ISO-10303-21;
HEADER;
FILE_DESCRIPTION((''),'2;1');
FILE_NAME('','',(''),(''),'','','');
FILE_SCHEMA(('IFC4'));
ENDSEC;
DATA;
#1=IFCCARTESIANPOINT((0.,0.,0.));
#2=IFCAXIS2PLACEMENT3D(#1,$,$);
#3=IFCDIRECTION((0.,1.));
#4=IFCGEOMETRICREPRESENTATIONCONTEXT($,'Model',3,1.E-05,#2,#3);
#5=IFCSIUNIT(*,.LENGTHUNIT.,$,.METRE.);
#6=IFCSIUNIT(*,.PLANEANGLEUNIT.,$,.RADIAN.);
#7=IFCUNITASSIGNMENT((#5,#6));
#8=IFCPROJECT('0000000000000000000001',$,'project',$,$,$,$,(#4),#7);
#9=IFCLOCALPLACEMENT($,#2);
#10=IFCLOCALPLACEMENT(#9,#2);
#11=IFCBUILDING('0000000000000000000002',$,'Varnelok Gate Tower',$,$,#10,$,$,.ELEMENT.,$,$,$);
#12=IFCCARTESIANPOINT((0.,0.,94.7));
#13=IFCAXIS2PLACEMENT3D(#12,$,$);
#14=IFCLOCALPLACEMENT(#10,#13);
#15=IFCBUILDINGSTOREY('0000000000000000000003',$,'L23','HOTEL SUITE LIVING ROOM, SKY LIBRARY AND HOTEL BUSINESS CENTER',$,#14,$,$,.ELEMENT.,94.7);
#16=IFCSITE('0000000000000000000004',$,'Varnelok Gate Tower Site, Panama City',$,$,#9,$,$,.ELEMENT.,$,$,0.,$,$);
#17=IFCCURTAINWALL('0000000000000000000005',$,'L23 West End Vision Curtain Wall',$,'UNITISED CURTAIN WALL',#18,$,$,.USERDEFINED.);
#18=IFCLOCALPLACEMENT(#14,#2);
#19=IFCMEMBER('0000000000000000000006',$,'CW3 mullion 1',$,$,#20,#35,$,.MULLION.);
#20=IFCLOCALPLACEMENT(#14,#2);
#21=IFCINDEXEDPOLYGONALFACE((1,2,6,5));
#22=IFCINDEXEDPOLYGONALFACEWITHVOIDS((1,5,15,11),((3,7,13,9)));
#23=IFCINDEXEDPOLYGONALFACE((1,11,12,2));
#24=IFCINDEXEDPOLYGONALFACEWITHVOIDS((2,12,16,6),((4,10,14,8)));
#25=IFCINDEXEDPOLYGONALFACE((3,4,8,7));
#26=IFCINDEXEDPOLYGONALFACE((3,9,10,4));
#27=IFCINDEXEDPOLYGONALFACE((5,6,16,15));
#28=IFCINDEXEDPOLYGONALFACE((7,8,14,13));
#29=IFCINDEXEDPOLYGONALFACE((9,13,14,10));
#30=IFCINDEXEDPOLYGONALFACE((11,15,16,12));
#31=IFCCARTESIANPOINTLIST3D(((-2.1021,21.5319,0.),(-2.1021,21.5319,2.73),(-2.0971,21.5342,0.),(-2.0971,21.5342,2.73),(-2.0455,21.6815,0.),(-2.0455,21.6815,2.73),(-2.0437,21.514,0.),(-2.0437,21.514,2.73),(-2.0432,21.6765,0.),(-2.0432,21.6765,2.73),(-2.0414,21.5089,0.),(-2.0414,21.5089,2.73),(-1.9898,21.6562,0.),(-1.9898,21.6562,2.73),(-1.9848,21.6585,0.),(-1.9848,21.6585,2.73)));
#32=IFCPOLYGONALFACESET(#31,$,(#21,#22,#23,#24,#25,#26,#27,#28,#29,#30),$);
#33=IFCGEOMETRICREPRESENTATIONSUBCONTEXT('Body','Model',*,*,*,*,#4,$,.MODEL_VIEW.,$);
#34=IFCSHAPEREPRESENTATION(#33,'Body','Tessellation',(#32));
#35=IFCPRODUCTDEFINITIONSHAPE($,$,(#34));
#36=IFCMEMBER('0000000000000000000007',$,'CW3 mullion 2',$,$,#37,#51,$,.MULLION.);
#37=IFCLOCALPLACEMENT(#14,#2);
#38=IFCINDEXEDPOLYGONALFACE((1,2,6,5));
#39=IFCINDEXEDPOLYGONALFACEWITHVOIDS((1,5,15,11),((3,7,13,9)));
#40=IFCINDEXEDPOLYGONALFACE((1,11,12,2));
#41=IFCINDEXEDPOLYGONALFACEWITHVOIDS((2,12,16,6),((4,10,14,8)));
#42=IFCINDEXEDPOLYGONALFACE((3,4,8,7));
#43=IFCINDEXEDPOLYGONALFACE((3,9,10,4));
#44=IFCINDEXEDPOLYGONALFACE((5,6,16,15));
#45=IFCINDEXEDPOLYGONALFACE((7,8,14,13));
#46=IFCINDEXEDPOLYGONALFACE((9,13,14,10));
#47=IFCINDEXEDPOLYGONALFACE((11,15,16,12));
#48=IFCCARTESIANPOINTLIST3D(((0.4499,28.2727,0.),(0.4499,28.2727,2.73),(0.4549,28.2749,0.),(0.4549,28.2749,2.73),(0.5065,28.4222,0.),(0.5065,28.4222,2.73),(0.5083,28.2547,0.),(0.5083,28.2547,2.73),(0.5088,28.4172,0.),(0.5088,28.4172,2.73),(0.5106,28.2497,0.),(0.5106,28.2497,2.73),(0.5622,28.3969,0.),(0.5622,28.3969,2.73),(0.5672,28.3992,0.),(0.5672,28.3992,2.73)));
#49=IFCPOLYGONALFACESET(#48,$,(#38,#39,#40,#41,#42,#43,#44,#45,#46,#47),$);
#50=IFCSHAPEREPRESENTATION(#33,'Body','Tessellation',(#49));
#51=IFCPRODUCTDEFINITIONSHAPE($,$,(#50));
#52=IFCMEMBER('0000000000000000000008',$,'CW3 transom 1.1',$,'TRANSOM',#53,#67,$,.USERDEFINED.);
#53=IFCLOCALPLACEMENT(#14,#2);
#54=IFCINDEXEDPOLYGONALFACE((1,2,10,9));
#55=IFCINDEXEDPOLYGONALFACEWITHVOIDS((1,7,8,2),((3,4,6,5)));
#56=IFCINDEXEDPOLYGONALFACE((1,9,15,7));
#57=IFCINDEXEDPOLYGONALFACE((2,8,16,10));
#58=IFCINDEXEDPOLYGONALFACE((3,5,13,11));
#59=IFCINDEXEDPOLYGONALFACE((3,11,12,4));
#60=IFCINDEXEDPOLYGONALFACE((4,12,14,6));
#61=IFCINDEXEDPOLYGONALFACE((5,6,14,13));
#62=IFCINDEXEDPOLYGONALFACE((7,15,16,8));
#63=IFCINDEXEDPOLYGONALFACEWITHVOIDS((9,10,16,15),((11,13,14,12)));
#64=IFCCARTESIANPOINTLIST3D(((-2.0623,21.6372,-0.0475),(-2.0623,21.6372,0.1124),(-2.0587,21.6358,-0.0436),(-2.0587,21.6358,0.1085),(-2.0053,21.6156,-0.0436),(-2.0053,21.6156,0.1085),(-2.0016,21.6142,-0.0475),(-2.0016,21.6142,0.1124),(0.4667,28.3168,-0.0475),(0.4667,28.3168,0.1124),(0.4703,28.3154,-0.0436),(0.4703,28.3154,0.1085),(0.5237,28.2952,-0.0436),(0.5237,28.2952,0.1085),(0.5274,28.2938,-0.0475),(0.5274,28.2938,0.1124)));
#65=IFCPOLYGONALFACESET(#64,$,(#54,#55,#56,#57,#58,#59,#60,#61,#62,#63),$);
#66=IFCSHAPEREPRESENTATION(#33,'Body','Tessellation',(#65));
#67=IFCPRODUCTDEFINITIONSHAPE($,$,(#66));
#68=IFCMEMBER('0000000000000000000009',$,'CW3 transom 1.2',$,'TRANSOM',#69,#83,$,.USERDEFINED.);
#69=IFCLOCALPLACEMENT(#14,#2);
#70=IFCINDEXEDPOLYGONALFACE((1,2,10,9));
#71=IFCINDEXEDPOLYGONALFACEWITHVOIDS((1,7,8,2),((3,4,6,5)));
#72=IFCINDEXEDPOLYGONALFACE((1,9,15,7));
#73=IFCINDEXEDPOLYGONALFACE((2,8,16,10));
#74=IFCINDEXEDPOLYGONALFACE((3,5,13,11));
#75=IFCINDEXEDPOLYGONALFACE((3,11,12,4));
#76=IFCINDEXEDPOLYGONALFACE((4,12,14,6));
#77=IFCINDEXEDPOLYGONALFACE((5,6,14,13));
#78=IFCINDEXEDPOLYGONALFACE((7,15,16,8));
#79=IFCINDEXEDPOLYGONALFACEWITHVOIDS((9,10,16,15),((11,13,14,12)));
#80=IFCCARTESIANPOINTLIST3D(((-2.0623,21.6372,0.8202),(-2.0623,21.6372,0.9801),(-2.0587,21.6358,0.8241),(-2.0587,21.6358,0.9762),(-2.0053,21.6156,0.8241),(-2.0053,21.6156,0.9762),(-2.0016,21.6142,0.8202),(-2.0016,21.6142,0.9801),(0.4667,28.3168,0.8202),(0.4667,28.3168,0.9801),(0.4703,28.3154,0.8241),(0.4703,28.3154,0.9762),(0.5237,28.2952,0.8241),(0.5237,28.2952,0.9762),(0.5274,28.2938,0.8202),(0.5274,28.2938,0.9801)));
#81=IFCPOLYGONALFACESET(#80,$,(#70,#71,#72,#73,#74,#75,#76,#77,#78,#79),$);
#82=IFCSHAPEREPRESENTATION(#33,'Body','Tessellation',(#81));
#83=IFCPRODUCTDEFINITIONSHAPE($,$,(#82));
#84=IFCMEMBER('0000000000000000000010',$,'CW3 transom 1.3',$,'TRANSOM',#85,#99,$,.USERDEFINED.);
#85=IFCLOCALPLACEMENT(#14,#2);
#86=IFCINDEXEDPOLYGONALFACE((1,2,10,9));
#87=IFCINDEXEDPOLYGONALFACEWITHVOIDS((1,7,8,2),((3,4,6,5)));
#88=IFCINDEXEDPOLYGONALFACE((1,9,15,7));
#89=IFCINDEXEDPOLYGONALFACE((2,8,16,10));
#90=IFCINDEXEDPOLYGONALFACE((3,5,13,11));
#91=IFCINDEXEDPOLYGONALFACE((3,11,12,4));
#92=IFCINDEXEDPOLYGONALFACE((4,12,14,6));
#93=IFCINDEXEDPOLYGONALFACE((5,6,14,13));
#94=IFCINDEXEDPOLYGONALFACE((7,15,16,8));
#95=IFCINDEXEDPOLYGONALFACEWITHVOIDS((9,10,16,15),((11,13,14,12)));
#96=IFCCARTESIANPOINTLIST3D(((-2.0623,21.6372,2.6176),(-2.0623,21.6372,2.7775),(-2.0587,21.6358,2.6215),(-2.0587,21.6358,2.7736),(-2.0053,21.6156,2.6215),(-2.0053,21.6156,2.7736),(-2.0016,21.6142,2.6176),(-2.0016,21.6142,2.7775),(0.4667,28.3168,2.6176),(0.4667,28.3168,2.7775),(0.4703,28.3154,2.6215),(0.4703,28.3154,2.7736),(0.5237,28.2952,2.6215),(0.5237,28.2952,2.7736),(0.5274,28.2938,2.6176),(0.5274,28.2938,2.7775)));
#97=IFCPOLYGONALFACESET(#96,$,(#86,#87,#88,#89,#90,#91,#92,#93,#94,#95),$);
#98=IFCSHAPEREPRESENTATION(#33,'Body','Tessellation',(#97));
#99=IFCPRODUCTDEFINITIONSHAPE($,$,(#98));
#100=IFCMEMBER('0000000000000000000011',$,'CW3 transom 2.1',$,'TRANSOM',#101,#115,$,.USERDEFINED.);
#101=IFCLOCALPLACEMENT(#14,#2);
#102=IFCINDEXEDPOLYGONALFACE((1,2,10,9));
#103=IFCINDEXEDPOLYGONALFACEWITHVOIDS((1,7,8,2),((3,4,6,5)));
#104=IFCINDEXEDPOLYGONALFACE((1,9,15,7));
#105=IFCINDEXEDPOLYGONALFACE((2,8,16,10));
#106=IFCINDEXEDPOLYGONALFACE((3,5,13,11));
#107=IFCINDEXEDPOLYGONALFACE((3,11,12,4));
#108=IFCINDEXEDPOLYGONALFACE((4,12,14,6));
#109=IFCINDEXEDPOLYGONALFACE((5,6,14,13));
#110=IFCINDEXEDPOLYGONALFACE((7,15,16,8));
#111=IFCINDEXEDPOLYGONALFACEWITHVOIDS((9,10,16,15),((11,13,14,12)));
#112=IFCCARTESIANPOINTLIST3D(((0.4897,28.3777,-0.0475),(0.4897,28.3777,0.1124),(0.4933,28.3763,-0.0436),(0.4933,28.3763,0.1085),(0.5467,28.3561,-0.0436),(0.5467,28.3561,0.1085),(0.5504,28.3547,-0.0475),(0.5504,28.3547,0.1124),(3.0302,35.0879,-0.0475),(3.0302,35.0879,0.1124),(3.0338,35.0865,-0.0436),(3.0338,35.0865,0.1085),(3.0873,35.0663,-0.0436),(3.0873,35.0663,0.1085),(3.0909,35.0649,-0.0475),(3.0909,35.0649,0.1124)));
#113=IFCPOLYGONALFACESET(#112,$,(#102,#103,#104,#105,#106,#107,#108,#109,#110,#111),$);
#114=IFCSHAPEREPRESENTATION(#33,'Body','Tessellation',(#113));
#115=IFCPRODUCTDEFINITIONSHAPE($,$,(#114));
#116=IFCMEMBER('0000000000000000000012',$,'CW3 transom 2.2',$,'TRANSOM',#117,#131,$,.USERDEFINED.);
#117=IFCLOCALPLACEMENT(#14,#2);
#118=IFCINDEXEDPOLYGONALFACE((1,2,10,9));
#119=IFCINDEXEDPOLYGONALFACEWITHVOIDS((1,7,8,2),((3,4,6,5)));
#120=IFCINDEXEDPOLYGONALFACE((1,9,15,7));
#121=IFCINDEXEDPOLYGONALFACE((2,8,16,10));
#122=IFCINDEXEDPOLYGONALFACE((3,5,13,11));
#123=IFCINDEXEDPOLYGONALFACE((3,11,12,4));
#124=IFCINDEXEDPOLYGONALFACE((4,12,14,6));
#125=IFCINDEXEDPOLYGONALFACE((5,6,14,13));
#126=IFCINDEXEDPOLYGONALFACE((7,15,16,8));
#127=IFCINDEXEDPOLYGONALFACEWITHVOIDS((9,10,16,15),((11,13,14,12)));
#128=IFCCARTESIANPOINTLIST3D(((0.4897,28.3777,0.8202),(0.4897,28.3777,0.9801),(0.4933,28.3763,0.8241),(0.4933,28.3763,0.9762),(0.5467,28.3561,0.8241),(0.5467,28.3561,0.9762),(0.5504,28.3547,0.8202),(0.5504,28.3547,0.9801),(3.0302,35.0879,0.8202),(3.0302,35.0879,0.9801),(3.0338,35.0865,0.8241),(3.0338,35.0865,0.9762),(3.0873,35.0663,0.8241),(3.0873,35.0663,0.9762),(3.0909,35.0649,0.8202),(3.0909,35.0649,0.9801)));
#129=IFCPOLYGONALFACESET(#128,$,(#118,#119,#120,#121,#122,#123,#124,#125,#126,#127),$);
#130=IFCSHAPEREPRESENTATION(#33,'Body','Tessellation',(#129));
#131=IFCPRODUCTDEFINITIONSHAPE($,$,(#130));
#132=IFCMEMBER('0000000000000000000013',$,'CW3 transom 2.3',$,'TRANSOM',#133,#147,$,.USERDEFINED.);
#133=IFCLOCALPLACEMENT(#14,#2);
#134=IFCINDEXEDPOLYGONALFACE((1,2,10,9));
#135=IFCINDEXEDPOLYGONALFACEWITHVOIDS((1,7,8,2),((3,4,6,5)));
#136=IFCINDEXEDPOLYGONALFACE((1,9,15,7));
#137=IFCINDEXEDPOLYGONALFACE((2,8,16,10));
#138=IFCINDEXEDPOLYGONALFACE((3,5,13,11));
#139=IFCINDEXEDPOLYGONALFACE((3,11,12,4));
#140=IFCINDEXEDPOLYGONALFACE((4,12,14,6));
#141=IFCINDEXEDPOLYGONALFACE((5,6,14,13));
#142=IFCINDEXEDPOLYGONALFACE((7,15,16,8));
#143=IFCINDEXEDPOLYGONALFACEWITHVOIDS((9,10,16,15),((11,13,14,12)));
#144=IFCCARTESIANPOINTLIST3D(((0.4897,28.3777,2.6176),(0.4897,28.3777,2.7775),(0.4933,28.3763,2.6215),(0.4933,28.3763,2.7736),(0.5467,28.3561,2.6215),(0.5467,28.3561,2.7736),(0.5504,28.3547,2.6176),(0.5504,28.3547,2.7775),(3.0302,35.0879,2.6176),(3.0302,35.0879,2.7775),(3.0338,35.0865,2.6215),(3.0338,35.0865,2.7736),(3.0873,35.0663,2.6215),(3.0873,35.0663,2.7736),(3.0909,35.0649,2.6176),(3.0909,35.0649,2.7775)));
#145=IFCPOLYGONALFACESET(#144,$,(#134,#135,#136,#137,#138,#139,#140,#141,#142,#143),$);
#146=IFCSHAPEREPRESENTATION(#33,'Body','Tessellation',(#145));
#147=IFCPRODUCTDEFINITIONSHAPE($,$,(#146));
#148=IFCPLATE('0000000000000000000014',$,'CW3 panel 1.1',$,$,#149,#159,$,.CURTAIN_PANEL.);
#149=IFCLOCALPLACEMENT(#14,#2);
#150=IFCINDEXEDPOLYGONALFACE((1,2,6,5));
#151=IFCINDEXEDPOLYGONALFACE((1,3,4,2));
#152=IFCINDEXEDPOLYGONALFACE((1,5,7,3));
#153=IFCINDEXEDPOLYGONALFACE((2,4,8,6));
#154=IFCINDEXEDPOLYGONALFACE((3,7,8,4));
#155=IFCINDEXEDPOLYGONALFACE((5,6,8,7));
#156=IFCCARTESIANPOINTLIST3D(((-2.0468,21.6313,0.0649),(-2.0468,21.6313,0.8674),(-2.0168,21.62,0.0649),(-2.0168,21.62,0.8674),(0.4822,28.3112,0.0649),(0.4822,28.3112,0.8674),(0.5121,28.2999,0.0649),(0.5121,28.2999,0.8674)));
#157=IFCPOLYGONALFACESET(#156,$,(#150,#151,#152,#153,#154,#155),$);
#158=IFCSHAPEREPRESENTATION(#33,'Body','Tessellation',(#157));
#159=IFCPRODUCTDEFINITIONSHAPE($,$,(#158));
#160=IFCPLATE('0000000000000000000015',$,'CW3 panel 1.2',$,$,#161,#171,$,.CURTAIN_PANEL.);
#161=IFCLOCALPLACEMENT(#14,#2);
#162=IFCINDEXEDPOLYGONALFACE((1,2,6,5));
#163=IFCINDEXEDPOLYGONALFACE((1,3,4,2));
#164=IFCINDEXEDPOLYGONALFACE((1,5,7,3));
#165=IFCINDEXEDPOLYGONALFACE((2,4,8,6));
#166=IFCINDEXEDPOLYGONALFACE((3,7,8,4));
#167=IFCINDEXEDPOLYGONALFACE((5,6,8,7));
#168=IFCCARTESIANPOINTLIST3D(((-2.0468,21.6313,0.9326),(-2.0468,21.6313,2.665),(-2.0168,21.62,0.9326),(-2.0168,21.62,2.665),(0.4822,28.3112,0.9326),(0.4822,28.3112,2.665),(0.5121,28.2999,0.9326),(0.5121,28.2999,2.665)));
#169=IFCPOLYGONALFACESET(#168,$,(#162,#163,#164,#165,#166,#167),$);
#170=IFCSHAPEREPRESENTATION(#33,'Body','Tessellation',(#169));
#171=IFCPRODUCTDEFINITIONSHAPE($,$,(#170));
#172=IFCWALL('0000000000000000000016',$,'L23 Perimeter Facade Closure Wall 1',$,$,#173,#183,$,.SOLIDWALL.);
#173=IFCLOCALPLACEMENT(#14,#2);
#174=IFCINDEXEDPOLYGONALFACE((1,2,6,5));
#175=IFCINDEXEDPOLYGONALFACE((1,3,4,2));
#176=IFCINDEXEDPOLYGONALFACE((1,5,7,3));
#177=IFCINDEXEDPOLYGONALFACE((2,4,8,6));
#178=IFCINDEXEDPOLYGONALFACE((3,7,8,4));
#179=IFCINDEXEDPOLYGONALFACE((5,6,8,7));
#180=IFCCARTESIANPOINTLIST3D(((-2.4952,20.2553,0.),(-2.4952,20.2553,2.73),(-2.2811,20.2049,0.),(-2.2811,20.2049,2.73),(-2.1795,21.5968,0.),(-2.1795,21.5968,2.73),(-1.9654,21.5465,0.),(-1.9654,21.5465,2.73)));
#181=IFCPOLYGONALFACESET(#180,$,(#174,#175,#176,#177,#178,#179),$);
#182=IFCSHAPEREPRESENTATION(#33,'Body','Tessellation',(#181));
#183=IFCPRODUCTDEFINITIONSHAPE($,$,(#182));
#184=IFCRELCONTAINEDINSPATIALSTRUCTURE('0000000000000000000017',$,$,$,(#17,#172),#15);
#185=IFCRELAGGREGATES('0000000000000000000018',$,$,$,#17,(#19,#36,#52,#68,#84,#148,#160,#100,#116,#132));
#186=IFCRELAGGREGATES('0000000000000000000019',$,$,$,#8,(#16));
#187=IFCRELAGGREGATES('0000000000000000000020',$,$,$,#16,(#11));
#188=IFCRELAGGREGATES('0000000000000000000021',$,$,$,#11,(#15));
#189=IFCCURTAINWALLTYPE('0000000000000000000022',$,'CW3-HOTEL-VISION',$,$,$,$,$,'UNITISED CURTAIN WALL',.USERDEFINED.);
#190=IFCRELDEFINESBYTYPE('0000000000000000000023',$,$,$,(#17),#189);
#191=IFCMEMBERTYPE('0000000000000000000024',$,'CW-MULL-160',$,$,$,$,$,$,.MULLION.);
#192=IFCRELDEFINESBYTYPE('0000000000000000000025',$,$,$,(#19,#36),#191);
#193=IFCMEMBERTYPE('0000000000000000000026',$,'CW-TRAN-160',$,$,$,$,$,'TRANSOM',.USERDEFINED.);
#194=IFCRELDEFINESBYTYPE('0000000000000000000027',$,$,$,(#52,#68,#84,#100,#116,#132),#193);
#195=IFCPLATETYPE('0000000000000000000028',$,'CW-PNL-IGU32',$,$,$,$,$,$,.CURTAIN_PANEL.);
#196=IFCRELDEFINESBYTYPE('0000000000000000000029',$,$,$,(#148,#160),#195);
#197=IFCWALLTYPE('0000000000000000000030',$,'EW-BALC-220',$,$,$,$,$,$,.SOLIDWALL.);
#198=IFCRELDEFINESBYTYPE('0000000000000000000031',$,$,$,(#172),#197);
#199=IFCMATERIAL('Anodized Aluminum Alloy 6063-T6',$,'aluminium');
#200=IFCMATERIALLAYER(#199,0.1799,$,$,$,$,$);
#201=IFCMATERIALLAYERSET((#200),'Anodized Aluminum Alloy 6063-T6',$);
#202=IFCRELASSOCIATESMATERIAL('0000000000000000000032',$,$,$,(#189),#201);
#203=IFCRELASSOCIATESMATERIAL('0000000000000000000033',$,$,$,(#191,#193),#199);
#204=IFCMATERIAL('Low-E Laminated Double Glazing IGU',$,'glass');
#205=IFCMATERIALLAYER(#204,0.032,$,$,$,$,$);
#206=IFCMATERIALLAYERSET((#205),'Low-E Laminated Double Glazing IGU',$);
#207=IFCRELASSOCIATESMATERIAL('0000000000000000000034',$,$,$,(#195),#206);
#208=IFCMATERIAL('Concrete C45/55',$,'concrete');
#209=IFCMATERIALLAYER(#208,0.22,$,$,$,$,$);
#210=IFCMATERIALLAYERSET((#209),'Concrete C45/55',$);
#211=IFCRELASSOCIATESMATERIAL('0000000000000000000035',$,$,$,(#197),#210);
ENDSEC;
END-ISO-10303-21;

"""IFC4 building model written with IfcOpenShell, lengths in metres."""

from ifc_helpers import new_model, si_unit, direction, frame, frame_2d, origin, origin_2d, place, context, subcontext, project, spatial, rectangle, hollow_rectangle, extrude, source, transform, mapped, material, layer, layer_set, material_profile, profile_set, type_object, element, aggregate, save


model = new_model("IFC4")

# Units and contexts
model_context = context("Model", 3, precision=1e-05, world=origin(), true_north=direction((0.0, 1.0)))
body_context = subcontext(model_context, "Body", "Model", "MODEL_VIEW")
ifc_project = project(units=[si_unit("LENGTHUNIT", "METRE"), si_unit("PLANEANGLEUNIT", "RADIAN")], contexts=[model_context])

# Site, building, storey
site_placement = place(None, origin())
site = spatial("IfcSite", under=ifc_project, at=site_placement, Name="Varnelok Gate Tower Site, Panama City", CompositionType="ELEMENT", RefElevation=0.0)
building_placement = place(site_placement, origin())
building = spatial("IfcBuilding", under=site, at=building_placement, Name="Varnelok Gate Tower", CompositionType="ELEMENT")
storey_placement = place(building_placement, frame((0.0, 0.0, 94.7)))
storey = spatial("IfcBuildingStorey", under=building, at=storey_placement, Name="L23", Description="HOTEL SUITE LIVING ROOM, SKY LIBRARY AND HOTEL BUSINESS CENTER", CompositionType="ELEMENT", Elevation=94.7)

# Curtain wall, members, plates
ifc_material_1 = material(Name="Anodized Aluminum Alloy 6063-T6", Category="aluminium")
ifc_layer_1 = layer(ifc_material_1, 0.1799)
ifc_layer_set_1 = layer_set([ifc_layer_1], Name="Anodized Aluminum Alloy 6063-T6")
curtain_wall_type = type_object("IfcCurtainWallType", Name="CW3-HOTEL-VISION", ElementType="UNITISED CURTAIN WALL", PredefinedType="USERDEFINED", material=ifc_layer_set_1)
curtain_wall_placement = place(storey_placement, origin())
curtain_wall = element("IfcCurtainWall", 1, at=curtain_wall_placement, inside=storey, type_object=curtain_wall_type, Name="L23 West End Vision Curtain Wall", ObjectType="UNITISED CURTAIN WALL", PredefinedType="USERDEFINED")
ifc_material_profile_1 = material_profile(ifc_material_1, hollow_rectangle(XDim=0.0649, YDim=0.1599, WallThickness=0.0039, at=origin_2d()), Name="ALU160X65X4")
ifc_profile_set_1 = profile_set([ifc_material_profile_1], Name="Anodized Aluminum Alloy 6063-T6")
member_type_1 = type_object("IfcMemberType", Name="CW-MULL-160", PredefinedType="MULLION", material=ifc_profile_set_1)
member_1_placement = place(storey_placement, frame((-2.0435, 21.5952, 0.0), z_axis=(0.0, 0.0, 1.0), x_axis=(-0.935221, 0.354064, 0.0)))
member_1 = element("IfcMember", 2, at=member_1_placement, type_object=member_type_1, Name="CW3 mullion 1", PredefinedType="MULLION", context=body_context, shape_type="SweptSolid", body=[
    extrude(hollow_rectangle(XDim=0.0649, YDim=0.1599, WallThickness=0.0039, at=origin_2d()), origin(), (0.0, 0.0, 1.0), 2.73),
])
member_2_placement = place(storey_placement, frame((0.5085, 28.3359, 0.0), z_axis=(0.0, 0.0, 1.0), x_axis=(-0.935221, 0.354064, 0.0)))
member_2 = element("IfcMember", 3, at=member_2_placement, type_object=member_type_1, Name="CW3 mullion 2", PredefinedType="MULLION", context=body_context, shape_type="SweptSolid", body=[
    extrude(hollow_rectangle(XDim=0.0649, YDim=0.1599, WallThickness=0.0039, at=origin_2d()), origin(), (0.0, 0.0, 1.0), 2.73),
])
ifc_material_profile_2 = material_profile(ifc_material_1, hollow_rectangle(XDim=0.0649, YDim=0.1599, WallThickness=0.0039, at=origin_2d()), Name="ALU160X65X4")
ifc_profile_set_2 = profile_set([ifc_material_profile_2], Name="Anodized Aluminum Alloy 6063-T6")
member_type_2 = type_object("IfcMemberType", Name="CW-TRAN-160", ElementType="TRANSOM", PredefinedType="USERDEFINED", material=ifc_profile_set_2)
member_3_placement = place(storey_placement, frame((-2.032, 21.6257, 0.0325), z_axis=(0.354088, 0.935212, 0.0), x_axis=(-0.935212, 0.354088, 0.0)))
member_3 = element("IfcMember", 4, at=member_3_placement, type_object=member_type_2, Name="CW3 transom 1.1", ObjectType="TRANSOM", PredefinedType="USERDEFINED", context=body_context, shape_type="SweptSolid", body=[
    extrude(hollow_rectangle(XDim=0.0649, YDim=0.1599, WallThickness=0.0039, at=origin_2d()), origin(), (0.0, 0.0, 1.0), 7.1423),
])
member_4_placement = place(storey_placement, frame((-2.032, 21.6257, 0.9001), z_axis=(0.354088, 0.935212, 0.0), x_axis=(-0.935212, 0.354088, 0.0)))
member_4 = element("IfcMember", 5, at=member_4_placement, type_object=member_type_2, Name="CW3 transom 1.2", ObjectType="TRANSOM", PredefinedType="USERDEFINED", context=body_context, shape_type="SweptSolid", body=[
    extrude(hollow_rectangle(XDim=0.0649, YDim=0.1599, WallThickness=0.0039, at=origin_2d()), origin(), (0.0, 0.0, 1.0), 7.1423),
])
member_5_placement = place(storey_placement, frame((-2.032, 21.6257, 2.6975), z_axis=(0.354088, 0.935212, 0.0), x_axis=(-0.935212, 0.354088, 0.0)))
member_5 = element("IfcMember", 6, at=member_5_placement, type_object=member_type_2, Name="CW3 transom 1.3", ObjectType="TRANSOM", PredefinedType="USERDEFINED", context=body_context, shape_type="SweptSolid", body=[
    extrude(hollow_rectangle(XDim=0.0649, YDim=0.1599, WallThickness=0.0039, at=origin_2d()), origin(), (0.0, 0.0, 1.0), 7.1423),
])
member_6_placement = place(storey_placement, frame((0.52, 28.3662, 0.0325), z_axis=(0.354079, 0.935216, 0.0), x_axis=(-0.935216, 0.354079, 0.0)))
member_6 = element("IfcMember", 7, at=member_6_placement, type_object=member_type_2, Name="CW3 transom 2.1", ObjectType="TRANSOM", PredefinedType="USERDEFINED", context=body_context, shape_type="SweptSolid", body=[
    extrude(hollow_rectangle(XDim=0.0649, YDim=0.1599, WallThickness=0.0039, at=origin_2d()), origin(), (0.0, 0.0, 1.0), 7.175),
])
member_7_placement = place(storey_placement, frame((0.52, 28.3662, 0.9001), z_axis=(0.354079, 0.935216, 0.0), x_axis=(-0.935216, 0.354079, 0.0)))
member_7 = element("IfcMember", 8, at=member_7_placement, type_object=member_type_2, Name="CW3 transom 2.2", ObjectType="TRANSOM", PredefinedType="USERDEFINED", context=body_context, shape_type="SweptSolid", body=[
    extrude(hollow_rectangle(XDim=0.0649, YDim=0.1599, WallThickness=0.0039, at=origin_2d()), origin(), (0.0, 0.0, 1.0), 7.175),
])
member_8_placement = place(storey_placement, frame((0.52, 28.3662, 2.6975), z_axis=(0.354079, 0.935216, 0.0), x_axis=(-0.935216, 0.354079, 0.0)))
member_8 = element("IfcMember", 9, at=member_8_placement, type_object=member_type_2, Name="CW3 transom 2.3", ObjectType="TRANSOM", PredefinedType="USERDEFINED", context=body_context, shape_type="SweptSolid", body=[
    extrude(hollow_rectangle(XDim=0.0649, YDim=0.1599, WallThickness=0.0039, at=origin_2d()), origin(), (0.0, 0.0, 1.0), 7.175),
])
ifc_material_2 = material(Name="Low-E Laminated Double Glazing IGU", Category="glass")
ifc_layer_2 = layer(ifc_material_2, 0.032)
ifc_layer_set_2 = layer_set([ifc_layer_2], Name="Low-E Laminated Double Glazing IGU")
plate_type = type_object("IfcPlateType", Name="CW-PNL-IGU32", PredefinedType="CURTAIN_PANEL", material=ifc_layer_set_2)
shared_shape_1 = source(origin(), body_context, "Body", "SweptSolid", [
    extrude(rectangle(XDim=7.1426, YDim=0.032, at=origin_2d()), origin(), (0.0, 0.0, 1.0), 0.8025),
])
plate_1_placement = place(storey_placement, frame((-0.7673, 24.9656, 0.0649), z_axis=(0.0, 0.0, 1.0), x_axis=(0.354064, 0.935221, 0.0)))
plate_1 = element("IfcPlate", 10, at=plate_1_placement, type_object=plate_type, Name="CW3 panel 1.1", PredefinedType="CURTAIN_PANEL", context=body_context, shape_type="MappedRepresentation", body=[
    mapped(shared_shape_1, transform((0.0, 0.0, 0.0), scale=1.0)),
])
shared_shape_2 = source(origin(), body_context, "Body", "SweptSolid", [
    extrude(rectangle(XDim=7.1426, YDim=0.032, at=origin_2d()), origin(), (0.0, 0.0, 1.0), 1.7324),
])
plate_2_placement = place(storey_placement, frame((-0.7673, 24.9656, 0.9326), z_axis=(0.0, 0.0, 1.0), x_axis=(0.354064, 0.935221, 0.0)))
plate_2 = element("IfcPlate", 11, at=plate_2_placement, type_object=plate_type, Name="CW3 panel 1.2", PredefinedType="CURTAIN_PANEL", context=body_context, shape_type="MappedRepresentation", body=[
    mapped(shared_shape_2, transform((0.0, 0.0, 0.0), scale=1.0)),
])
aggregate(curtain_wall, [member_1, member_2, member_3, member_4, member_5, plate_1, plate_2, member_6, member_7, member_8])

# Wall
ifc_material_3 = material(Name="Concrete C45/55", Category="concrete")
ifc_layer_3 = layer(ifc_material_3, 0.22)
ifc_layer_set_3 = layer_set([ifc_layer_3], Name="Concrete C45/55")
wall_type_1 = type_object("IfcWallType", Name="EW-BALC-220", PredefinedType="SOLIDWALL", material=ifc_layer_set_3)
wall_1_placement = place(storey_placement, frame((-2.0725, 21.5715, 0.0), z_axis=(0.0, 0.0, 1.0), x_axis=(-0.229049, -0.973415, 0.0)))
element("IfcWall", 12, at=wall_1_placement, inside=storey, type_object=wall_type_1, Name="L23 Perimeter Facade Closure Wall 1", PredefinedType="SOLIDWALL", context=body_context, shape_type="SweptSolid", body=[
    extrude(rectangle(XDim=1.3782, YDim=0.22, at=frame_2d((0.689, 0.0))), origin(), (0.0, 0.0, 1.0), 2.73),
])

save(model, "model.ifc")
